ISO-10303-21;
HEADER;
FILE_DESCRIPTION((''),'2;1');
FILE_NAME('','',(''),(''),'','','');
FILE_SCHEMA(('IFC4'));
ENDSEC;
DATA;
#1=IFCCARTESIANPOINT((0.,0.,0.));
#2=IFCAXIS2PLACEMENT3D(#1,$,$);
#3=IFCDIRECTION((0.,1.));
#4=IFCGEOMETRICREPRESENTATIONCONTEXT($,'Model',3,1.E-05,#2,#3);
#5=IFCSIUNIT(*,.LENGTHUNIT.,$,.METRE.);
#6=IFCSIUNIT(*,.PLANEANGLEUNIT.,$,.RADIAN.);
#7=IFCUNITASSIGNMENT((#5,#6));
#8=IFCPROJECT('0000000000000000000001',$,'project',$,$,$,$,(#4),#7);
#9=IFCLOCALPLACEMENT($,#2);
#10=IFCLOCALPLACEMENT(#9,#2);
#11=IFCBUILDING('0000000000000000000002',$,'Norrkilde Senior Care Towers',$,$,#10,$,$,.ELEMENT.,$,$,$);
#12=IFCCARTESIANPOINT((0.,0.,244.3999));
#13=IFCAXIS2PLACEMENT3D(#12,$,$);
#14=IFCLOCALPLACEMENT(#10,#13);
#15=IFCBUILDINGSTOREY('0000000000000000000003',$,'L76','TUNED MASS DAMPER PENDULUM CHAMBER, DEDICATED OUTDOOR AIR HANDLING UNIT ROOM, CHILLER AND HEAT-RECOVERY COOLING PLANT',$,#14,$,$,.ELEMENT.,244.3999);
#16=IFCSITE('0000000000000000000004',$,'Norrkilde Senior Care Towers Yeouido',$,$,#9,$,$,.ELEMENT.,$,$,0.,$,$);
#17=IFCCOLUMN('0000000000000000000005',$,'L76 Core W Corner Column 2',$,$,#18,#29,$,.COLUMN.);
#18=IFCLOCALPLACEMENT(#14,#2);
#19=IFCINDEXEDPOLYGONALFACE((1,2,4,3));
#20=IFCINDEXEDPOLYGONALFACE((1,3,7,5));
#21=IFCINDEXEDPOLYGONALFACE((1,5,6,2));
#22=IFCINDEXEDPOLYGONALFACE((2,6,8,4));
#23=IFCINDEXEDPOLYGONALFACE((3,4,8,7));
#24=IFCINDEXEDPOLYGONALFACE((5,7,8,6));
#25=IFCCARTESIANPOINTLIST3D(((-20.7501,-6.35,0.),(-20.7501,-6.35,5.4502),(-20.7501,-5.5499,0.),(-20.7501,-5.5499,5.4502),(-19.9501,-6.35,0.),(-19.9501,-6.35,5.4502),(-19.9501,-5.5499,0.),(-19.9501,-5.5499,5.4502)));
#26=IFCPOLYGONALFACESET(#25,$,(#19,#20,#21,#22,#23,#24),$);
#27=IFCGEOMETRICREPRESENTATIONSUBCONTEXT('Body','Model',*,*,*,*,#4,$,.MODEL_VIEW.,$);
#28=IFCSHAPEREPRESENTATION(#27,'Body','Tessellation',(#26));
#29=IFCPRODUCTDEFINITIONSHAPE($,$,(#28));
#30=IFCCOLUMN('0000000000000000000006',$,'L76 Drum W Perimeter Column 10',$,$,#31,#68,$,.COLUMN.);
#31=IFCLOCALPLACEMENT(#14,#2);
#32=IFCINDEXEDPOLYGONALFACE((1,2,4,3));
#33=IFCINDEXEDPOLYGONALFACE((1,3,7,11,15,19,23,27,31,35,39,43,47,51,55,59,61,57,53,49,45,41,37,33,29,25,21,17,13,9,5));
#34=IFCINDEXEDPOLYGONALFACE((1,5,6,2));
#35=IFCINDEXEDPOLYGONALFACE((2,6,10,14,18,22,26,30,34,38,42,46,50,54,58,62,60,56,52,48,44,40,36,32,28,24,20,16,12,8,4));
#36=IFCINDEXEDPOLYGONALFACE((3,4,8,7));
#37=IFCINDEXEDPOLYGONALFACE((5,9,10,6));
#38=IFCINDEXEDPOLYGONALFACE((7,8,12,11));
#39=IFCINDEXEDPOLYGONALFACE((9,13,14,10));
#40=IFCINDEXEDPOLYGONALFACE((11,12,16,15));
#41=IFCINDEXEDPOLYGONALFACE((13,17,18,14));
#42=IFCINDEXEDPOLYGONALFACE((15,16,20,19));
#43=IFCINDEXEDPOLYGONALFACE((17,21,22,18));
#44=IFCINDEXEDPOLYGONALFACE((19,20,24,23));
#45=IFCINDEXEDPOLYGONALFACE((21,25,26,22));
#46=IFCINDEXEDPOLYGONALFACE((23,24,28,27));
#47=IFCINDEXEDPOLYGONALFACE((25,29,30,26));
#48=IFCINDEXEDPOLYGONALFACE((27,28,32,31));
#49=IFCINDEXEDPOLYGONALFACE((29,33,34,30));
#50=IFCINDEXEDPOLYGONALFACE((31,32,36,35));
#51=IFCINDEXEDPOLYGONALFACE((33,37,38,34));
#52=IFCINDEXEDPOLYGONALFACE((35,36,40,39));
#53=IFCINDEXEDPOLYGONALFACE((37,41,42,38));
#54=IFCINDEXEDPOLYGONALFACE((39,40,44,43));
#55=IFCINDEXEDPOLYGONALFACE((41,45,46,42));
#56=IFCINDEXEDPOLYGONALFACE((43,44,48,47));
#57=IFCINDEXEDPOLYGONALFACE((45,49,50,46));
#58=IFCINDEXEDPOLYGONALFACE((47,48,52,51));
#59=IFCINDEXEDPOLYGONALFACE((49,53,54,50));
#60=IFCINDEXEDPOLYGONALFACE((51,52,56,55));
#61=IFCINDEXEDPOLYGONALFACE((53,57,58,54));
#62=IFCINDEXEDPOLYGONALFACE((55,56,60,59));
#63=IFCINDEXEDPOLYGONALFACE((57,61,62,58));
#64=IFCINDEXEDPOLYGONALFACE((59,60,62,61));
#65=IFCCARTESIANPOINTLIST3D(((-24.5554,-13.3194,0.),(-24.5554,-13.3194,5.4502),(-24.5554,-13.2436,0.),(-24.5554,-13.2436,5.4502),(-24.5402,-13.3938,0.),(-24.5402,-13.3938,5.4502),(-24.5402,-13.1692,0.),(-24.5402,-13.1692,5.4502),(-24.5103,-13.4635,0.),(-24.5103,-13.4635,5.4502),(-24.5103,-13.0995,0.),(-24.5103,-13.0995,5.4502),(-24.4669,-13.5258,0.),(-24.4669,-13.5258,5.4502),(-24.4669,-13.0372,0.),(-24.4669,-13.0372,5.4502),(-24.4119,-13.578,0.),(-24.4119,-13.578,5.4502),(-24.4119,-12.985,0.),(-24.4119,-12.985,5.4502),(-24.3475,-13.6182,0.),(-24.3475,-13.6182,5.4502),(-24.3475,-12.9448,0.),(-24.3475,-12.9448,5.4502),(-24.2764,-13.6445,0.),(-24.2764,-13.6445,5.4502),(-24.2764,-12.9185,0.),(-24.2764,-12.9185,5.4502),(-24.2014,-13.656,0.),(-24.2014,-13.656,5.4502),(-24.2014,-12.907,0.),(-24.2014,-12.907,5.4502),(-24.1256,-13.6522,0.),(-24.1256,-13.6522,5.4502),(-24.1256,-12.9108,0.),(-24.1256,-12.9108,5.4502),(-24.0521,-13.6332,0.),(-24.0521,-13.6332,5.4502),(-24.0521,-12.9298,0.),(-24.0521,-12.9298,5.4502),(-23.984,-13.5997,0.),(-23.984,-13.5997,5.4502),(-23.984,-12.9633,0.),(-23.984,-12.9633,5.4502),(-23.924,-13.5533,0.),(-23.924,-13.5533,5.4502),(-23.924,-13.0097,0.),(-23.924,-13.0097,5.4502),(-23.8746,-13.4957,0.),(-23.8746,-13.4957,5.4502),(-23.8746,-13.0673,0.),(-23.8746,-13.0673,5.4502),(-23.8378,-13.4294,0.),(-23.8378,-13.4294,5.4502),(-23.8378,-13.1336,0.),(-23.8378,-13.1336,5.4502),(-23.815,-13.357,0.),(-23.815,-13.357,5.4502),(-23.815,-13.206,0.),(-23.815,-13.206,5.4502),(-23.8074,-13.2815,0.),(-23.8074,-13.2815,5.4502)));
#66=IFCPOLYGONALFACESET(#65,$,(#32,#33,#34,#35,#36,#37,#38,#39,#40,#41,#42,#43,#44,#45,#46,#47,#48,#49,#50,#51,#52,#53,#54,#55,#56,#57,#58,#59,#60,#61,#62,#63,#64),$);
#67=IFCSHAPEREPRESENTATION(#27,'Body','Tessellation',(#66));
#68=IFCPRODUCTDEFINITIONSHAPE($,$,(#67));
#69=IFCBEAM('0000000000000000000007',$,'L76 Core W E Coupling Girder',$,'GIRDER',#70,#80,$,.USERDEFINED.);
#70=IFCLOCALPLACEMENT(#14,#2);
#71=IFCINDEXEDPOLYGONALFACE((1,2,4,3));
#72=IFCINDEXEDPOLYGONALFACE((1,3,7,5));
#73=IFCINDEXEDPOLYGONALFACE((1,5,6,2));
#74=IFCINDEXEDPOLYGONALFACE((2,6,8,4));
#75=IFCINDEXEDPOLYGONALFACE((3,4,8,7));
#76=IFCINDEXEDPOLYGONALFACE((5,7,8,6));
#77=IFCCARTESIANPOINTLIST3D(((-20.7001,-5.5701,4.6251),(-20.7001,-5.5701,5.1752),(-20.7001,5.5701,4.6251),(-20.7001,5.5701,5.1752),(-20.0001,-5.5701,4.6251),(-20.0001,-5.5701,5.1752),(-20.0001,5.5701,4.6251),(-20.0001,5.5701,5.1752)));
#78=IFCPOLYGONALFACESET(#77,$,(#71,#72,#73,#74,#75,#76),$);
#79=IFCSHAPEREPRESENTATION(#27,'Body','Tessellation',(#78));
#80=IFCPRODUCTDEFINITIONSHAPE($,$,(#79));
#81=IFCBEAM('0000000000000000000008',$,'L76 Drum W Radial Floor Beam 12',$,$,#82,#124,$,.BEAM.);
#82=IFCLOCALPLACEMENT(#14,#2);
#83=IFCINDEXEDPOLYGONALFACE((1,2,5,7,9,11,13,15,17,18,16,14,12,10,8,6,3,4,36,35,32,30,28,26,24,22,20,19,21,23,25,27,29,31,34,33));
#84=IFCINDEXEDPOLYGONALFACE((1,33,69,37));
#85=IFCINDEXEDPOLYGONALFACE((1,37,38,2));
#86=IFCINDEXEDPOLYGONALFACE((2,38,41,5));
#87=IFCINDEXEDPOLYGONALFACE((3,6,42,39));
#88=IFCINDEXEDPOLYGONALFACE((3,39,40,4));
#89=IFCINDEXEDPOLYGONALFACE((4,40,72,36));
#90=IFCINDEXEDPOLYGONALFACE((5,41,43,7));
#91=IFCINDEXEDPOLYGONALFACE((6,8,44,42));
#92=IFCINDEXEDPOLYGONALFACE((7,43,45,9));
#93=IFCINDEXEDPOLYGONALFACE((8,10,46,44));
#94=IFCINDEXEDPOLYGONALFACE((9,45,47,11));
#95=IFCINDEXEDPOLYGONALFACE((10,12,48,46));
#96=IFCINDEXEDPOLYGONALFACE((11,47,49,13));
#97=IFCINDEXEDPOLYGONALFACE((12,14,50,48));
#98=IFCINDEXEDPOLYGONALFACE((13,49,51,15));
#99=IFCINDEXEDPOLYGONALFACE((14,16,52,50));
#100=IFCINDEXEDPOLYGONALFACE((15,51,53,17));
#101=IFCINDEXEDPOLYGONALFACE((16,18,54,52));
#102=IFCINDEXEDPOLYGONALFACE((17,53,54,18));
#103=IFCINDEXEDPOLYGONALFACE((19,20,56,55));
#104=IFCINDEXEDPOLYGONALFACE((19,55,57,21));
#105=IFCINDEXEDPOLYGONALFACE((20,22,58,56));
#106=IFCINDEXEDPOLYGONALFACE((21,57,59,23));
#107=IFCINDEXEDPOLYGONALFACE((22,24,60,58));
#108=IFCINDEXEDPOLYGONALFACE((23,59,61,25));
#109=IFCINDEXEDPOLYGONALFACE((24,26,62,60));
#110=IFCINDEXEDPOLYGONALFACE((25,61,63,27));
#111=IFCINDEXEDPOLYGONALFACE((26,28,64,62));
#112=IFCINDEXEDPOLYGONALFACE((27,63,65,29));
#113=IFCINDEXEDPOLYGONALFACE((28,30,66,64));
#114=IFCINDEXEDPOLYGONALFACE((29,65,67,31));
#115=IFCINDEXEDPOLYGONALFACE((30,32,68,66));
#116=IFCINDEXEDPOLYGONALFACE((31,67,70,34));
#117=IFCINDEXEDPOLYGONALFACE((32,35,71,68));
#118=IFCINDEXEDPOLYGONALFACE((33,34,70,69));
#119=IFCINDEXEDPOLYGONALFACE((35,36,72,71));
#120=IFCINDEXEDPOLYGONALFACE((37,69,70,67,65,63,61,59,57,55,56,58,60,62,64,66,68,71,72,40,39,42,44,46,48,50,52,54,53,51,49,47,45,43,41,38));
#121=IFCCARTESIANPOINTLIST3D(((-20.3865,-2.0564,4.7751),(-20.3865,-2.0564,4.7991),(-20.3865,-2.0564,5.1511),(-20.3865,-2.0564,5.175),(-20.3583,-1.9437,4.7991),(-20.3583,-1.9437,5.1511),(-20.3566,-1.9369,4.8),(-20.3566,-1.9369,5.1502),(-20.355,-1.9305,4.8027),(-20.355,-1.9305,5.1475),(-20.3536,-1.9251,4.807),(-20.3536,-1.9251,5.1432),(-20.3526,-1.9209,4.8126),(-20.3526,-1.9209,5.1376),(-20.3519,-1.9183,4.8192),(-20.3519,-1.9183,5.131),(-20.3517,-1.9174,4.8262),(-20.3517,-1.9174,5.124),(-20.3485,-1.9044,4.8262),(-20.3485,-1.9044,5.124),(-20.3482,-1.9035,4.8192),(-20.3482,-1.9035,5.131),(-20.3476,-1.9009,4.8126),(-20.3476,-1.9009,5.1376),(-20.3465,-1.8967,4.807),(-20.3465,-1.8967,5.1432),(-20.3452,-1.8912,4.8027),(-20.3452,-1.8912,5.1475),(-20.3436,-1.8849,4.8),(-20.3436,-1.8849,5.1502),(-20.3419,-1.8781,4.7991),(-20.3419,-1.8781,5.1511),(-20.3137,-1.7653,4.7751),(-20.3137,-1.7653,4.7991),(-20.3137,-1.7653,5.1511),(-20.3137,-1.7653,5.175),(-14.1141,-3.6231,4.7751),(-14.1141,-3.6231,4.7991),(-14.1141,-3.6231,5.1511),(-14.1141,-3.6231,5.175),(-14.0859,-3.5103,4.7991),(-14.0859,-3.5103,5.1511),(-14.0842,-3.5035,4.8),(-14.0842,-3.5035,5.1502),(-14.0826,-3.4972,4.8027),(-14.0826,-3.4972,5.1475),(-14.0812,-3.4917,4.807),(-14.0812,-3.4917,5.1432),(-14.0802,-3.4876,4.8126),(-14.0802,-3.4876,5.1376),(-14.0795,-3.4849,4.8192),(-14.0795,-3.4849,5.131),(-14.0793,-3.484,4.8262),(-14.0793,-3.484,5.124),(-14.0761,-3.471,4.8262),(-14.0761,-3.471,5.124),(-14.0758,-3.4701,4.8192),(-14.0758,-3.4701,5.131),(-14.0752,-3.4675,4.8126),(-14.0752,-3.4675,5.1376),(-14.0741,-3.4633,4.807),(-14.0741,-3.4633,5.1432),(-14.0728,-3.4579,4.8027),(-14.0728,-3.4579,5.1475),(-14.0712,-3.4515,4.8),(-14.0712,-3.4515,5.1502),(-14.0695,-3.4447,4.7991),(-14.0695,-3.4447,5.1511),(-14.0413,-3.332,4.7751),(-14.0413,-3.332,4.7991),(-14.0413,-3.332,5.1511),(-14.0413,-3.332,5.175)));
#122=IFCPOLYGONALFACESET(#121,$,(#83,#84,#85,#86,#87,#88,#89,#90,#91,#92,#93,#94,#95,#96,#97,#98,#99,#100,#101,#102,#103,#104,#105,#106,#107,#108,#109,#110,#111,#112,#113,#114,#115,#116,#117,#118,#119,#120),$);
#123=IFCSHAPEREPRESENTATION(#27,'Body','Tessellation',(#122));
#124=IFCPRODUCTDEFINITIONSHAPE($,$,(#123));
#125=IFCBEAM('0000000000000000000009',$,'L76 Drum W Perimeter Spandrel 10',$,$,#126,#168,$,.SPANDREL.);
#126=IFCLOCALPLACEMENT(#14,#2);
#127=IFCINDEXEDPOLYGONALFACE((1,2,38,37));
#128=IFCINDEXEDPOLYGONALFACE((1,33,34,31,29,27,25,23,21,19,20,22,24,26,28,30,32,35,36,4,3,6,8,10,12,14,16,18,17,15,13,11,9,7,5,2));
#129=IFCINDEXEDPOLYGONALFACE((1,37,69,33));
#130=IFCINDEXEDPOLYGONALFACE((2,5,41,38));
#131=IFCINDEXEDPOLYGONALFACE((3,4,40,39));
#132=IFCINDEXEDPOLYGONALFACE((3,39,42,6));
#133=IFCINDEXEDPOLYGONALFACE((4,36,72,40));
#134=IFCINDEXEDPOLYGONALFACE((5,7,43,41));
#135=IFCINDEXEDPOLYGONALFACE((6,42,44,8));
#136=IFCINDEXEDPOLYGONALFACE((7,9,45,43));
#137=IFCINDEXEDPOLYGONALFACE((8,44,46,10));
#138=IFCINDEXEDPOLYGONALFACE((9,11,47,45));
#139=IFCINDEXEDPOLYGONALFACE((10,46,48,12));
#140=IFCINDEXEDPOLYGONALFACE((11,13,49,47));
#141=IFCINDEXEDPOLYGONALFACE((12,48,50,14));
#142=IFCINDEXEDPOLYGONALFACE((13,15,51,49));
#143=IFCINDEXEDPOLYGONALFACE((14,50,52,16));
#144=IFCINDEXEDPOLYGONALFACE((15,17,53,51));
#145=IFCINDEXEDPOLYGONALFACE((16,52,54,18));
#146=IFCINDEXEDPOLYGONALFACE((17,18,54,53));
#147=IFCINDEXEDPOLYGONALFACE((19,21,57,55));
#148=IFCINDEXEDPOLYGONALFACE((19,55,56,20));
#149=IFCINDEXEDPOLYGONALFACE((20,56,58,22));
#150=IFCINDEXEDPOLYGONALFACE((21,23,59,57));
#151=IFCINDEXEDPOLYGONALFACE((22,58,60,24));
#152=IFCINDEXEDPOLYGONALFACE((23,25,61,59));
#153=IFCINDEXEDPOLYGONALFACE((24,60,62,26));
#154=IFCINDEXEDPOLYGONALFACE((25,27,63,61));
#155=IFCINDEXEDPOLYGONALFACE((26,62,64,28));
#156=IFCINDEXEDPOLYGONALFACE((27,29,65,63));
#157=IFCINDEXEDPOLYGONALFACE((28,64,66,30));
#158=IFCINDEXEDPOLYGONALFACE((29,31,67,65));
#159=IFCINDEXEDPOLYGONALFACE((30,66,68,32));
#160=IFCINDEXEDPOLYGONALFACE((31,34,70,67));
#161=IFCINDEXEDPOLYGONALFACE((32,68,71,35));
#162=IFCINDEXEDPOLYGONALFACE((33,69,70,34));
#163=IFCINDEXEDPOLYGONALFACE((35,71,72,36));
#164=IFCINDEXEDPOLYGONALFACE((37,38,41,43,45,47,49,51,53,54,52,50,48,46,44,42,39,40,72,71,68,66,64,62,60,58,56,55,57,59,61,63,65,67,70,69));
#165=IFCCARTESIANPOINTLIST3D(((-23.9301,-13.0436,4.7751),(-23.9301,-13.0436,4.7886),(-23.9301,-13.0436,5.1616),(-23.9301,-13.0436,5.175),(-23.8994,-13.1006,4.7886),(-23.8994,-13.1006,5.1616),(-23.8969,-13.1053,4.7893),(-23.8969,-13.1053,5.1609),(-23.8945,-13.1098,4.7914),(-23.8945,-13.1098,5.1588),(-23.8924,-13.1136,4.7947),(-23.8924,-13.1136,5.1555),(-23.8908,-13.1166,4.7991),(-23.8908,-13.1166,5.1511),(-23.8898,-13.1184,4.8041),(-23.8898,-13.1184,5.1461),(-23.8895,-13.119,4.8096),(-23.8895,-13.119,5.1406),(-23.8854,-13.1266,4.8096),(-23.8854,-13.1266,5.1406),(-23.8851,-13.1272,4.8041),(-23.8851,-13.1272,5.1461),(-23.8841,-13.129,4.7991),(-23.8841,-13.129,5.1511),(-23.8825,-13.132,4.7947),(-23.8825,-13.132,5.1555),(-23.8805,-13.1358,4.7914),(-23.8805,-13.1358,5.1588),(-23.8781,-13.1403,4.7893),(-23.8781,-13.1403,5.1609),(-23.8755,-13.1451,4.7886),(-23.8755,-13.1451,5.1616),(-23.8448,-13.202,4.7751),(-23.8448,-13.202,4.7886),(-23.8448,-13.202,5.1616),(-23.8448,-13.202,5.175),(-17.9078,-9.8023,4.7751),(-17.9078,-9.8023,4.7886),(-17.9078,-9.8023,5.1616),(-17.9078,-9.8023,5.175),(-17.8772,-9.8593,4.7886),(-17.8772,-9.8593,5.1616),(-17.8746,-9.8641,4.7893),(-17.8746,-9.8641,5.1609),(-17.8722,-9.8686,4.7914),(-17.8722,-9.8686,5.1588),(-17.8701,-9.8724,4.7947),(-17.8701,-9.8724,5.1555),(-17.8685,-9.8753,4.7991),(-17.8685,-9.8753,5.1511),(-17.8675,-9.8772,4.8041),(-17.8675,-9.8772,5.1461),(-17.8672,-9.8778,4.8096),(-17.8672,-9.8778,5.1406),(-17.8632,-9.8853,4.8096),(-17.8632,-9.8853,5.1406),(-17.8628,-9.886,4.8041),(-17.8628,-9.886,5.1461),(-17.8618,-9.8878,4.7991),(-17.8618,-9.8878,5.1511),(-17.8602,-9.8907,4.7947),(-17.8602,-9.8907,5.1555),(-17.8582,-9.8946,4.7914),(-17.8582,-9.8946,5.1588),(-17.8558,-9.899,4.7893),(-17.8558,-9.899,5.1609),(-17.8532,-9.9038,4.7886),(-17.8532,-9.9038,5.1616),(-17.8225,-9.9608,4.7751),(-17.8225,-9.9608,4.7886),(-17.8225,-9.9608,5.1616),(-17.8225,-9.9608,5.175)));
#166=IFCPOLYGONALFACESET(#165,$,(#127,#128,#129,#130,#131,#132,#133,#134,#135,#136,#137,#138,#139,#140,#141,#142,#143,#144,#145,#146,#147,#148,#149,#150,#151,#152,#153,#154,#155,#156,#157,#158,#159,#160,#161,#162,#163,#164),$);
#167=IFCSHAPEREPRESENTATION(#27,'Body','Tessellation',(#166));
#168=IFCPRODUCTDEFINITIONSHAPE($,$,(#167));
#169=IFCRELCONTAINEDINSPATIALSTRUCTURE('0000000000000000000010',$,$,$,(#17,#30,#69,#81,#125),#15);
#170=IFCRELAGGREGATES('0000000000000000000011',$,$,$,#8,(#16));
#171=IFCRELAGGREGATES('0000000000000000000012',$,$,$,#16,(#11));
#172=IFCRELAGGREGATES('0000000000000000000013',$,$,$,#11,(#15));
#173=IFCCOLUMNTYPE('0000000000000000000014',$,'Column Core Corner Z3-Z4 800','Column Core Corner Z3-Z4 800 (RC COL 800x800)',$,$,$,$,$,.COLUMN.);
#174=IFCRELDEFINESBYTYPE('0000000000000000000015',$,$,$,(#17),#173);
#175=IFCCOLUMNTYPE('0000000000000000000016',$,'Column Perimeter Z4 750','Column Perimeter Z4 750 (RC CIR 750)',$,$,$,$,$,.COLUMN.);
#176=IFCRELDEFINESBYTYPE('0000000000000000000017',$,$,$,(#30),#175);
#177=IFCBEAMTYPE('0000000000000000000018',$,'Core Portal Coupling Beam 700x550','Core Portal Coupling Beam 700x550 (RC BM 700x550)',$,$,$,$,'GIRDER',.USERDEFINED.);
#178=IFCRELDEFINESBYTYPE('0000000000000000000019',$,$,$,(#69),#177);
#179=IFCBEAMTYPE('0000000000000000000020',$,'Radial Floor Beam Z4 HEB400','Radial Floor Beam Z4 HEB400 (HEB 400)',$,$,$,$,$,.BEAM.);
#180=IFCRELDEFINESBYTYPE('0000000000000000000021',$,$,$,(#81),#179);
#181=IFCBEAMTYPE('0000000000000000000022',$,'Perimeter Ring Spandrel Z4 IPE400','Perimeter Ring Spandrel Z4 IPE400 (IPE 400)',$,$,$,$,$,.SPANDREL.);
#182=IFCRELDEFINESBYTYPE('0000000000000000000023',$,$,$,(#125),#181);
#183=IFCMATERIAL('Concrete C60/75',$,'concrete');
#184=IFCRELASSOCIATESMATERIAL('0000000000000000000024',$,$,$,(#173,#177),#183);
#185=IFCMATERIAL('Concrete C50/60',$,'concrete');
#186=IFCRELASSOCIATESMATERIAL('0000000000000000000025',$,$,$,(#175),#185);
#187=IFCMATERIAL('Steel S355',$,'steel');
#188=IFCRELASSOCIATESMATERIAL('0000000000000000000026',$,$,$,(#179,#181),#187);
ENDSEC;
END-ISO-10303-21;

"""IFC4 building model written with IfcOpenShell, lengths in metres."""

from ifc_helpers import new_model, si_unit, direction, frame, origin, origin_2d, place, context, subcontext, project, spatial, rectangle, circle, i_section, extrude, source, transform, mapped, material, material_profile, profile_set, type_object, type_shapes, element, save


model = new_model("IFC4")

# Units and contexts
model_context = context("Model", 3, precision=1e-05, world=origin(), true_north=direction((0.0, 1.0)))
body_context = subcontext(model_context, "Body", "Model", "MODEL_VIEW")
ifc_project = project(units=[si_unit("LENGTHUNIT", "METRE"), si_unit("PLANEANGLEUNIT", "RADIAN")], contexts=[model_context])

# Site, building, storey
site_placement = place(None, origin())
site = spatial("IfcSite", under=ifc_project, at=site_placement, Name="Norrkilde Senior Care Towers Yeouido", CompositionType="ELEMENT", RefElevation=0.0)
building_placement = place(site_placement, origin())
building = spatial("IfcBuilding", under=site, at=building_placement, Name="Norrkilde Senior Care Towers", CompositionType="ELEMENT")
storey_placement = place(building_placement, frame((0.0, 0.0, 244.3999)))
storey = spatial("IfcBuildingStorey", under=building, at=storey_placement, Name="L76", Description="TUNED MASS DAMPER PENDULUM CHAMBER, DEDICATED OUTDOOR AIR HANDLING UNIT ROOM, CHILLER AND HEAT-RECOVERY COOLING PLANT", CompositionType="ELEMENT", Elevation=244.3999)

# Columns
ifc_material_1 = material(Name="Concrete C60/75", Category="concrete")
ifc_material_profile_1 = material_profile(ifc_material_1, rectangle(XDim=0.8, YDim=0.8, at=origin_2d()), Name="RC COL 800x800")
ifc_profile_set_1 = profile_set([ifc_material_profile_1], Name="Concrete C60/75")
column_type_1 = type_object("IfcColumnType", Name="Column Core Corner Z3-Z4 800", Description="Column Core Corner Z3-Z4 800 (RC COL 800x800)", PredefinedType="COLUMN", material=ifc_profile_set_1)
shared_shape_1 = source(origin(), body_context, "Body", "SweptSolid", [
    extrude(rectangle(XDim=0.8, YDim=0.8, at=origin_2d()), origin(), (0.0, 0.0, 1.0), 5.4502),
])
type_shapes(column_type_1, [shared_shape_1])
column_1_placement = place(storey_placement, frame((-20.3501, -5.95, 0.0), z_axis=(0.0, 0.0, 1.0), x_axis=(1.0, 0.0, 0.0)))
element("IfcColumn", 1, at=column_1_placement, inside=storey, type_object=column_type_1, Name="L76 Core W Corner Column 2", PredefinedType="COLUMN", context=body_context, shape_type="MappedRepresentation", body=[
    mapped(shared_shape_1, transform((0.0, 0.0, 0.0), x_axis=(1.0, 0.0, 0.0), y_axis=(0.0, 1.0, 0.0), z_axis=(0.0, 0.0, 1.0), scale=1.0)),
])
ifc_material_2 = material(Name="Concrete C50/60", Category="concrete")
ifc_material_profile_2 = material_profile(ifc_material_2, circle(Radius=0.375, at=origin_2d()), Name="RC CIR 750")
ifc_profile_set_2 = profile_set([ifc_material_profile_2], Name="Concrete C50/60")
column_type_2 = type_object("IfcColumnType", Name="Column Perimeter Z4 750", Description="Column Perimeter Z4 750 (RC CIR 750)", PredefinedType="COLUMN", material=ifc_profile_set_2)
shared_shape_2 = source(origin(), body_context, "Body", "SweptSolid", [
    extrude(circle(Radius=0.375, at=origin_2d()), origin(), (0.0, 0.0, 1.0), 5.4502),
])
type_shapes(column_type_2, [shared_shape_2])
column_2_placement = place(storey_placement, frame((-24.1824, -13.2815, 0.0), z_axis=(0.0, 0.0, 1.0), x_axis=(1.0, 0.0, 0.0)))
element("IfcColumn", 2, at=column_2_placement, inside=storey, type_object=column_type_2, Name="L76 Drum W Perimeter Column 10", PredefinedType="COLUMN", context=body_context, shape_type="MappedRepresentation", body=[
    mapped(shared_shape_2, transform((0.0, 0.0, 0.0), x_axis=(1.0, 0.0, 0.0), y_axis=(0.0, 1.0, 0.0), z_axis=(0.0, 0.0, 1.0), scale=1.0)),
])

# Beams
ifc_material_profile_3 = material_profile(ifc_material_1, rectangle(XDim=0.7, YDim=0.55, at=origin_2d()), Name="RC BM 700x550")
ifc_profile_set_3 = profile_set([ifc_material_profile_3], Name="Concrete C60/75")
beam_type_1 = type_object("IfcBeamType", Name="Core Portal Coupling Beam 700x550", Description="Core Portal Coupling Beam 700x550 (RC BM 700x550)", ElementType="GIRDER", PredefinedType="USERDEFINED", material=ifc_profile_set_3)
shared_shape_3 = source(origin(), body_context, "Body", "SweptSolid", [
    extrude(rectangle(XDim=0.7, YDim=0.55, at=origin_2d()), origin(), (0.0, 0.0, 1.0), 11.1401),
])
type_shapes(beam_type_1, [shared_shape_3])
beam_1_placement = place(storey_placement, frame((-20.3501, -5.5701, 4.9001), z_axis=(0.0, 1.0, 0.0), x_axis=(-1.0, 0.0, 0.0)))
element("IfcBeam", 3, at=beam_1_placement, inside=storey, type_object=beam_type_1, Name="L76 Core W E Coupling Girder", ObjectType="GIRDER", PredefinedType="USERDEFINED", context=body_context, shape_type="MappedRepresentation", body=[
    mapped(shared_shape_3, transform((0.0, 0.0, 0.0), x_axis=(1.0, 0.0, 0.0), y_axis=(0.0, 1.0, 0.0), z_axis=(0.0, 0.0, 1.0), scale=1.0)),
])
ifc_material_3 = material(Name="Steel S355", Category="steel")
ifc_material_profile_4 = material_profile(ifc_material_3, i_section(OverallWidth=0.3, OverallDepth=0.3999, WebThickness=0.0134, FlangeThickness=0.0239, FilletRadius=0.0271, at=origin_2d()), Name="HEB 400")
ifc_profile_set_4 = profile_set([ifc_material_profile_4], Name="Steel S355")
beam_type_2 = type_object("IfcBeamType", Name="Radial Floor Beam Z4 HEB400", Description="Radial Floor Beam Z4 HEB400 (HEB 400)", PredefinedType="BEAM", material=ifc_profile_set_4)
shared_shape_4 = source(origin(), body_context, "Body", "SweptSolid", [
    extrude(i_section(OverallWidth=0.3, OverallDepth=0.3999, WebThickness=0.0134, FlangeThickness=0.0239, FilletRadius=0.0271, at=origin_2d()), origin(), (0.0, 0.0, 1.0), 6.4651),
])
beam_2_placement = place(storey_placement, frame((-20.3501, -1.9109, 4.9751), z_axis=(0.970196, -0.242322, 0.0), x_axis=(0.242322, 0.970196, 0.0)))
element("IfcBeam", 4, at=beam_2_placement, inside=storey, type_object=beam_type_2, Name="L76 Drum W Radial Floor Beam 12", PredefinedType="BEAM", context=body_context, shape_type="MappedRepresentation", body=[
    mapped(shared_shape_4, transform((0.0, 0.0, 0.0), x_axis=(1.0, 0.0, 0.0), y_axis=(0.0, 1.0, 0.0), z_axis=(0.0, 0.0, 1.0), scale=1.0)),
])
ifc_material_profile_5 = material_profile(ifc_material_3, i_section(OverallWidth=0.1799, OverallDepth=0.3999, WebThickness=0.0085, FlangeThickness=0.0134, FilletRadius=0.021, at=origin_2d()), Name="IPE 400")
ifc_profile_set_5 = profile_set([ifc_material_profile_5], Name="Steel S355")
beam_type_3 = type_object("IfcBeamType", Name="Perimeter Ring Spandrel Z4 IPE400", Description="Perimeter Ring Spandrel Z4 IPE400 (IPE 400)", PredefinedType="SPANDREL", material=ifc_profile_set_5)
shared_shape_5 = source(origin(), body_context, "Body", "SweptSolid", [
    extrude(i_section(OverallWidth=0.1799, OverallDepth=0.3999, WebThickness=0.0085, FlangeThickness=0.0134, FilletRadius=0.021, at=origin_2d()), origin(), (0.0, 0.0, 1.0), 6.8391),
])
type_shapes(beam_type_3, [shared_shape_5])
beam_3_placement = place(storey_placement, frame((-23.8875, -13.1228, 4.9751), z_axis=(0.880564, 0.473927, 0.0), x_axis=(-0.473927, 0.880564, 0.0)))
element("IfcBeam", 5, at=beam_3_placement, inside=storey, type_object=beam_type_3, Name="L76 Drum W Perimeter Spandrel 10", PredefinedType="SPANDREL", context=body_context, shape_type="MappedRepresentation", body=[
    mapped(shared_shape_5, transform((0.0, 0.0, 0.0), x_axis=(1.0, 0.0, 0.0), y_axis=(0.0, 1.0, 0.0), z_axis=(0.0, 0.0, 1.0), scale=1.0)),
])

save(model, "model.ifc")
